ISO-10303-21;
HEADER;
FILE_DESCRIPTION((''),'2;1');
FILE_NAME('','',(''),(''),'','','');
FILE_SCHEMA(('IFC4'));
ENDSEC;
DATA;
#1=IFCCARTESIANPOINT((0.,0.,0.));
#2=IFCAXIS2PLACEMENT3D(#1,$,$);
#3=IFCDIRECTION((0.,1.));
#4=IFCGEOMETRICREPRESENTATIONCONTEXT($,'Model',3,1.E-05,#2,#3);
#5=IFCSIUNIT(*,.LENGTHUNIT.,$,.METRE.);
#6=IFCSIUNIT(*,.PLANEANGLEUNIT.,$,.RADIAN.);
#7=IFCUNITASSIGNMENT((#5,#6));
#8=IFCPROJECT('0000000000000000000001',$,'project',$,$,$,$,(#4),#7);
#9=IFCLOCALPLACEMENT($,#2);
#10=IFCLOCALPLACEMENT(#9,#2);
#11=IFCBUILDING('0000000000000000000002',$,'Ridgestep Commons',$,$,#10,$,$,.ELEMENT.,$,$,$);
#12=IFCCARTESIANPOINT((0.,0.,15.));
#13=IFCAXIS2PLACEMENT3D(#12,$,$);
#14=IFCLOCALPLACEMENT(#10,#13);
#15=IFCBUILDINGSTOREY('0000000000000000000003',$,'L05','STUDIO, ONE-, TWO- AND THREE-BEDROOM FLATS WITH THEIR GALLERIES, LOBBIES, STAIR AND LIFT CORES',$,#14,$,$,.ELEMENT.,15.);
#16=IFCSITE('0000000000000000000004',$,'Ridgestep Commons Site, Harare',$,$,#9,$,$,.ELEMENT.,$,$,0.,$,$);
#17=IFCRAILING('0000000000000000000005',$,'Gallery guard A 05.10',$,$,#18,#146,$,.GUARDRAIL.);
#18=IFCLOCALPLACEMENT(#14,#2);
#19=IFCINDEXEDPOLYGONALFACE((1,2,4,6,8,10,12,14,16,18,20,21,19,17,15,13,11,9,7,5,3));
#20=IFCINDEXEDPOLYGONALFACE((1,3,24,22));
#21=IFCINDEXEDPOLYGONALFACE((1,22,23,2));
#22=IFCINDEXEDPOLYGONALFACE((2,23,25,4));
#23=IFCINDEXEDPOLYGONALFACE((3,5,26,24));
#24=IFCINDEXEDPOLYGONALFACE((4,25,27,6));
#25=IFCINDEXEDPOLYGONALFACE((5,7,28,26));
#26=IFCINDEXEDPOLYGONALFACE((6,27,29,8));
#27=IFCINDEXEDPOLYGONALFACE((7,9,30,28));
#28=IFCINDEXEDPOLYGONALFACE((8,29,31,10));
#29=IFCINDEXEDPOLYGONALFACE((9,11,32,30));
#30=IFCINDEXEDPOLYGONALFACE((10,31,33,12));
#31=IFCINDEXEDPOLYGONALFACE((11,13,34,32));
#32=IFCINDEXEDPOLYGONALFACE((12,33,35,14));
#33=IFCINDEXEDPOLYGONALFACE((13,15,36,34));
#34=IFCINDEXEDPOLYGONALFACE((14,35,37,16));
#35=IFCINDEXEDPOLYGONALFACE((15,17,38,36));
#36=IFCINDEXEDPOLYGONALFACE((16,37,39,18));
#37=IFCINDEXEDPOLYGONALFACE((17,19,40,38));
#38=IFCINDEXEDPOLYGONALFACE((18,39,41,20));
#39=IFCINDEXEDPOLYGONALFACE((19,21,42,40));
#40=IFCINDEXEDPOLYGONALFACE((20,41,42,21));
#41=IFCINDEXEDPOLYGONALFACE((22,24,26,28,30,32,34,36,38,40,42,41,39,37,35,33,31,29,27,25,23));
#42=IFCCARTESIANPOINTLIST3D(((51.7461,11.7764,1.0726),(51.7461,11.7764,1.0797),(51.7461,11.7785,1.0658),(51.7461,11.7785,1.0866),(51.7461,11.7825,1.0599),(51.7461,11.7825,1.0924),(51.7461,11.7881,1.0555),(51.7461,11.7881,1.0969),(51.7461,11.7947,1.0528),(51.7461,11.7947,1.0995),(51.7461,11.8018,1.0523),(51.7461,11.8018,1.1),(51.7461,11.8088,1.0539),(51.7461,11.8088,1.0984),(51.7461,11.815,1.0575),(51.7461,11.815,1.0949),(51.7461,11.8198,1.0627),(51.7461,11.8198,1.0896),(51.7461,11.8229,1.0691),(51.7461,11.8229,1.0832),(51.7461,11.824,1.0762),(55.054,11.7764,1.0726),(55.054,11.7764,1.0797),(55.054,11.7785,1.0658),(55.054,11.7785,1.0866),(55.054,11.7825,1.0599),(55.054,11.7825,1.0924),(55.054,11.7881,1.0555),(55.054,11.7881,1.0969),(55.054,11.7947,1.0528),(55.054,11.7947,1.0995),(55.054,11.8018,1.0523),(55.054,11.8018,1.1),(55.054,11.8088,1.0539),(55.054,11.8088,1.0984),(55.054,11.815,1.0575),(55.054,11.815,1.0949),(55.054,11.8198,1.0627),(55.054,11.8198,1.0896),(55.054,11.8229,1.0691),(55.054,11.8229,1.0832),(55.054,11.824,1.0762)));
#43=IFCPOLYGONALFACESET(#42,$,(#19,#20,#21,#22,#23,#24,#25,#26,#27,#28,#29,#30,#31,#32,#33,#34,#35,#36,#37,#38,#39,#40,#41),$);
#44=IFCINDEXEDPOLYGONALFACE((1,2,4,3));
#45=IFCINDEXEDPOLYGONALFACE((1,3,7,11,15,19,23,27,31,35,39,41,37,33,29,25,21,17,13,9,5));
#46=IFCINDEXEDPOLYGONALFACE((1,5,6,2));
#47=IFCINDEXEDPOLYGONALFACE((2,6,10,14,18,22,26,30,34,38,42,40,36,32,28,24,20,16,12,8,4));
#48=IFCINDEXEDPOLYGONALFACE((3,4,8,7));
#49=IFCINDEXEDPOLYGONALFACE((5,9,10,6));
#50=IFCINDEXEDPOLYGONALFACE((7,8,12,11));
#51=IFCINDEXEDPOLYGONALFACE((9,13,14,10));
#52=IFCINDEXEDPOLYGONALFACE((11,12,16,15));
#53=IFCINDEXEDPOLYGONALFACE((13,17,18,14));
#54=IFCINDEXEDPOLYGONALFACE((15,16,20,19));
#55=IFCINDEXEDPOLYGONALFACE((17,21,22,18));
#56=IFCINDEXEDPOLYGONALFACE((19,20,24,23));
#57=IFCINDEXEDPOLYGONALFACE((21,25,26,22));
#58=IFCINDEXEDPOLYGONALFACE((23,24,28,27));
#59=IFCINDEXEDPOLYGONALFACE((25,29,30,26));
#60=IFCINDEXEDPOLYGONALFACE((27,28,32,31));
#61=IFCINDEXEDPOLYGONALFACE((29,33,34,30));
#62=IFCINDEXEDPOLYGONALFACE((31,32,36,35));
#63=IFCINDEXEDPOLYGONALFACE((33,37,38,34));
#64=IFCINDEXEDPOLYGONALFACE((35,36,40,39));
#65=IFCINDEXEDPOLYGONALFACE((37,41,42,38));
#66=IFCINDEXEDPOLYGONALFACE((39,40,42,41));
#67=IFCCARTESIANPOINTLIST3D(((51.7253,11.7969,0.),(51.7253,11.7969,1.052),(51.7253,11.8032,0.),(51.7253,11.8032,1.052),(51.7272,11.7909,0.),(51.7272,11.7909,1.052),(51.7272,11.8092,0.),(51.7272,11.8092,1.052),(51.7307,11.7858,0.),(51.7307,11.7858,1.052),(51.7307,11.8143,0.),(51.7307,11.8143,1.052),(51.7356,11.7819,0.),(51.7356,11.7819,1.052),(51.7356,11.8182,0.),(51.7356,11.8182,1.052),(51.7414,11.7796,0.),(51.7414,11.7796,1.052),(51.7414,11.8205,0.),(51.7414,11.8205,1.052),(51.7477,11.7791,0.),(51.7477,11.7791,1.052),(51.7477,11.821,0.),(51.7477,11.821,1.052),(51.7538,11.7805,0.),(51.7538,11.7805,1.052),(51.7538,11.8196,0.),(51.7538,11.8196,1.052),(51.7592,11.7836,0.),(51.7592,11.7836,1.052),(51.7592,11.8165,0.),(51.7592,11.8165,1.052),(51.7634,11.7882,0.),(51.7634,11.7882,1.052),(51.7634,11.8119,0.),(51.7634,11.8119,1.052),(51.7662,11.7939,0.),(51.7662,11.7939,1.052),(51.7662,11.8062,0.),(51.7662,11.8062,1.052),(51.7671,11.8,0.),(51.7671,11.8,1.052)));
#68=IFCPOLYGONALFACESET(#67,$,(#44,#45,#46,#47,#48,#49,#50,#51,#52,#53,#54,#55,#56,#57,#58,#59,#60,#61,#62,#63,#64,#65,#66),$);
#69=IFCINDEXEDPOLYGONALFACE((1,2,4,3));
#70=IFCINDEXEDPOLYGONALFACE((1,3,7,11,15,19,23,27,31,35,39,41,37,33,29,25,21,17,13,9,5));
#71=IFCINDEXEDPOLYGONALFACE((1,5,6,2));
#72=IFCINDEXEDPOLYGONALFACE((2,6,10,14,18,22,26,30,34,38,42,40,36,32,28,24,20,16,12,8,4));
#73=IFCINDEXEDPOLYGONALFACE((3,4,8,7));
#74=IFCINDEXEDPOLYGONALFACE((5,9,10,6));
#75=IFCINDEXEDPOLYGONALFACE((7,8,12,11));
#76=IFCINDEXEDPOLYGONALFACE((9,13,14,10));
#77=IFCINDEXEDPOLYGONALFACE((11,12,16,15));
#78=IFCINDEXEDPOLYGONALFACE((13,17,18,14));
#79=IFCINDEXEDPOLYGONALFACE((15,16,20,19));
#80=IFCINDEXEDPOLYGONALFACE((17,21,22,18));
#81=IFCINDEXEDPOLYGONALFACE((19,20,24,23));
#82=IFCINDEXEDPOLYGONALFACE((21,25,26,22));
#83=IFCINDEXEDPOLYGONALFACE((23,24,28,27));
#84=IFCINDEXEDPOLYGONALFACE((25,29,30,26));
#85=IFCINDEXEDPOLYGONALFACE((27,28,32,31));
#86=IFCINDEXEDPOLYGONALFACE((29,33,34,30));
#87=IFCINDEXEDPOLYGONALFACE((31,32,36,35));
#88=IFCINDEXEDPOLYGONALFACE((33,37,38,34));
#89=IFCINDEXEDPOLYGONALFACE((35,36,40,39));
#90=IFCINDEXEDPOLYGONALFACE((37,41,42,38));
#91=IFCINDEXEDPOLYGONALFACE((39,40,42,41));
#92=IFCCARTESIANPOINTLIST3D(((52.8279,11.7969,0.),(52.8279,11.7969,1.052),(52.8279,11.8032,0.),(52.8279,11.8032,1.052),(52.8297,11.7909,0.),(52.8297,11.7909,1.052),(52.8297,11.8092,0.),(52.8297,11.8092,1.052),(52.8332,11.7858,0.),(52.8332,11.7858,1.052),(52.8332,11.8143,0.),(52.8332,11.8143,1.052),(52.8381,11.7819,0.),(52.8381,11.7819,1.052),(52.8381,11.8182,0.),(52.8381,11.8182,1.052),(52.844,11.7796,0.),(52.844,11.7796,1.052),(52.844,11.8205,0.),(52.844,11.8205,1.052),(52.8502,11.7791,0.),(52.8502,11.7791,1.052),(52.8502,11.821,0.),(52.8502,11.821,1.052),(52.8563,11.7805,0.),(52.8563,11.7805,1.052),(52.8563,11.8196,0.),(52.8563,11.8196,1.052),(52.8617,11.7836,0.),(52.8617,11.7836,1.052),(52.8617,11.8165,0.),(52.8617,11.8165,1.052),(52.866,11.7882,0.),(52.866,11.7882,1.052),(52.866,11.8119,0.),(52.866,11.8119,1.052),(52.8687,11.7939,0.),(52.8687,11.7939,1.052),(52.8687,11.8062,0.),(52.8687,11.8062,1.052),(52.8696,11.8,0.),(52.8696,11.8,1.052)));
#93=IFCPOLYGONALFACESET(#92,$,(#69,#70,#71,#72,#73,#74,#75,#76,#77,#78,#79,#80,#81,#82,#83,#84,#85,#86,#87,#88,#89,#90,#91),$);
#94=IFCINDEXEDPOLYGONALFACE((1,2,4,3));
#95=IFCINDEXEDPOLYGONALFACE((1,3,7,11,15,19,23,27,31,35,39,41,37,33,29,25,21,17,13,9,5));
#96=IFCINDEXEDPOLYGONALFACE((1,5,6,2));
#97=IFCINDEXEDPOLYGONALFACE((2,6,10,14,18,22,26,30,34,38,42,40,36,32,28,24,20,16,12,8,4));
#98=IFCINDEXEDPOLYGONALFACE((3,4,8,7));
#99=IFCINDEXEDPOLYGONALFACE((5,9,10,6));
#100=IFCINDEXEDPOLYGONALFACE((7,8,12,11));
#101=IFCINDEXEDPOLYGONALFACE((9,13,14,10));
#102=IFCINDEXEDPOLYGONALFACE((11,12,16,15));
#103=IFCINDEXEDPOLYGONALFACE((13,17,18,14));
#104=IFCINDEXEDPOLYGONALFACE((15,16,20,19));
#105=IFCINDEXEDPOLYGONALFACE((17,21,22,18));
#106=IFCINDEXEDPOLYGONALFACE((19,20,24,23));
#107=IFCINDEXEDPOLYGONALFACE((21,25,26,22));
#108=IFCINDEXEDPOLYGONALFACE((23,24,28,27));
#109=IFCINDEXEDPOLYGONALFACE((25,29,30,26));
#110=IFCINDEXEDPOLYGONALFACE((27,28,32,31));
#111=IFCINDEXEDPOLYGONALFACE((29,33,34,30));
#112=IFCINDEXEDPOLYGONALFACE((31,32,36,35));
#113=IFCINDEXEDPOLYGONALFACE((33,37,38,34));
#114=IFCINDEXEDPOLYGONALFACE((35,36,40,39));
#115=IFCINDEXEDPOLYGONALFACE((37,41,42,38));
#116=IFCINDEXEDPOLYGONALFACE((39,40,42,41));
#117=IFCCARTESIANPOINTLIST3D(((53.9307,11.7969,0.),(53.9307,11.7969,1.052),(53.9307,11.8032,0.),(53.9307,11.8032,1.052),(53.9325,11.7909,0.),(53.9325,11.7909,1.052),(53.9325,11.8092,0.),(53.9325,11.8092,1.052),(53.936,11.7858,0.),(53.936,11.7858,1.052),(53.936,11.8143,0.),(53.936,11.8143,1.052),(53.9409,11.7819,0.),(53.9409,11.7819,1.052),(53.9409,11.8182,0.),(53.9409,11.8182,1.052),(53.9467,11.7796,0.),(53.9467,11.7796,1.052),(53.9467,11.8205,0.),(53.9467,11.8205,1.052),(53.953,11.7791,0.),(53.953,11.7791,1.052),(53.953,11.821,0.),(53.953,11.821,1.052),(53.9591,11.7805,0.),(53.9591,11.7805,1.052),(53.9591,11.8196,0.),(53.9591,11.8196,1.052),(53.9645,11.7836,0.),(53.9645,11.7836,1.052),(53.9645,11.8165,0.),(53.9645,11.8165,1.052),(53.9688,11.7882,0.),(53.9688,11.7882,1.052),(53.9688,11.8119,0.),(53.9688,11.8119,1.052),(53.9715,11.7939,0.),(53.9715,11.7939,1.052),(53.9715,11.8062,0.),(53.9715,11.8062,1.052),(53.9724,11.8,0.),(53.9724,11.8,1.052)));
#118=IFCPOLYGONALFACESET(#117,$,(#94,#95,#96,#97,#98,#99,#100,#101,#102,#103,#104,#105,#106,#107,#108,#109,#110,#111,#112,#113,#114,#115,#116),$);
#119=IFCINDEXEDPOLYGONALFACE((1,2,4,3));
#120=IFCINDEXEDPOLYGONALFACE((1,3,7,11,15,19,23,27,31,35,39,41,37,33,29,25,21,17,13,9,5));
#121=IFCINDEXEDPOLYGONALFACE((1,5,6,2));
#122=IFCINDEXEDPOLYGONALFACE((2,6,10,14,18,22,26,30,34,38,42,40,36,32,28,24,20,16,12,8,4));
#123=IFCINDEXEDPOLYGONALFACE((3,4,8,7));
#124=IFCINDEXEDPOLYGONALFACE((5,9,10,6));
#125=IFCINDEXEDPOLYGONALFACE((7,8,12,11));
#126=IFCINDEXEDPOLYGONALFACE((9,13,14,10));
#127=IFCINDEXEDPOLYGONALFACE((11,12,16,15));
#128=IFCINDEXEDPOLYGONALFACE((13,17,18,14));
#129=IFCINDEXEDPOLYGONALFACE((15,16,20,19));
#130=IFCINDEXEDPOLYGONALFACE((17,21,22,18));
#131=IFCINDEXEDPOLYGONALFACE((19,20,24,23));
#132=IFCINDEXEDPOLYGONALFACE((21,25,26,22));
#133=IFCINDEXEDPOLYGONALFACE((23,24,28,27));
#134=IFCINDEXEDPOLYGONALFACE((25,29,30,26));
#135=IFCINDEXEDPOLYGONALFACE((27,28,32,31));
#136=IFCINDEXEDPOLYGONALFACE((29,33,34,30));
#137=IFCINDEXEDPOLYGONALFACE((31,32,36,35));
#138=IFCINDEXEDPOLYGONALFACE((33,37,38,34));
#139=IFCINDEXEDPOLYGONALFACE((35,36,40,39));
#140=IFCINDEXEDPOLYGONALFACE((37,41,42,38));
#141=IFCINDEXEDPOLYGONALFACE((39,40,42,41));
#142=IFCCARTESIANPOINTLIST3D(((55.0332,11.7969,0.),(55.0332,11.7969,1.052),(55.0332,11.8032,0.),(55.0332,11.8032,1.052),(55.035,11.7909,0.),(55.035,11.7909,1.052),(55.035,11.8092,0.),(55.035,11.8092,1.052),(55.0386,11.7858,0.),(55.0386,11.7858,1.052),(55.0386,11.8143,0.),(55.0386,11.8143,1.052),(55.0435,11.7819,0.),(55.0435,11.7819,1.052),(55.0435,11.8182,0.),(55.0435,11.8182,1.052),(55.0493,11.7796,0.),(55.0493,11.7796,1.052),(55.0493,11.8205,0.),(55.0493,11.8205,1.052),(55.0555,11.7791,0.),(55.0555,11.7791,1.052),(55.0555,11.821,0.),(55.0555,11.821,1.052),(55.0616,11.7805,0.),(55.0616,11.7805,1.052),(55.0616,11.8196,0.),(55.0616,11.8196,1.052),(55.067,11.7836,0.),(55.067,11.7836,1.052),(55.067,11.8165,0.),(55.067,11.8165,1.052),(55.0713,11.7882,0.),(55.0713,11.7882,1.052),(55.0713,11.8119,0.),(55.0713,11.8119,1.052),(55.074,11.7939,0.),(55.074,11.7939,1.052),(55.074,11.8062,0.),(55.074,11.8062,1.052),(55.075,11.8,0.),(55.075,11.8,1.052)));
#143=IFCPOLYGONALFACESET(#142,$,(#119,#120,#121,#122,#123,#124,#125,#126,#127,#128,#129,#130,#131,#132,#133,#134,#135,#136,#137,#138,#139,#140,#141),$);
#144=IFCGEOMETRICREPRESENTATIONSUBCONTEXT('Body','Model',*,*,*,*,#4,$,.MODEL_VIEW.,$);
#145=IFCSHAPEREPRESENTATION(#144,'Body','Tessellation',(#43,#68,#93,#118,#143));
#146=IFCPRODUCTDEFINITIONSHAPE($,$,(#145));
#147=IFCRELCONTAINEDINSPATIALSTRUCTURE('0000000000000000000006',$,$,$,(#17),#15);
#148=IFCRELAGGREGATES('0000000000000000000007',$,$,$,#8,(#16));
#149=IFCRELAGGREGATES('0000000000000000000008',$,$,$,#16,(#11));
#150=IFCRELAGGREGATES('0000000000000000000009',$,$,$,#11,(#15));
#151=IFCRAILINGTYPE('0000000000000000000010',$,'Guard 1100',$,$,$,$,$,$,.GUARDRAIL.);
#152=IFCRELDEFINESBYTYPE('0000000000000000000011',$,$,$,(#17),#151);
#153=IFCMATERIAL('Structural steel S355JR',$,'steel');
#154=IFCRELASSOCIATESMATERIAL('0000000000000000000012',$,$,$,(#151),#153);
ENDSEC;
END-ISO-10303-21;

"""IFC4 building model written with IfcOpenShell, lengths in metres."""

from ifc_helpers import new_model, si_unit, direction, frame, origin, origin_2d, place, context, subcontext, project, spatial, circle, extrude, material, type_object, element, save


model = new_model("IFC4")

# Units and contexts
model_context = context("Model", 3, precision=1e-05, world=origin(), true_north=direction((0.0, 1.0)))
body_context = subcontext(model_context, "Body", "Model", "MODEL_VIEW")
ifc_project = project(units=[si_unit("LENGTHUNIT", "METRE"), si_unit("PLANEANGLEUNIT", "RADIAN")], contexts=[model_context])

# Site, building, storey
site_placement = place(None, origin())
site = spatial("IfcSite", under=ifc_project, at=site_placement, Name="Ridgestep Commons Site, Harare", CompositionType="ELEMENT", RefElevation=0.0)
building_placement = place(site_placement, origin())
building = spatial("IfcBuilding", under=site, at=building_placement, Name="Ridgestep Commons", CompositionType="ELEMENT")
storey_placement = place(building_placement, frame((0.0, 0.0, 15.0)))
storey = spatial("IfcBuildingStorey", under=building, at=storey_placement, Name="L05", Description="STUDIO, ONE-, TWO- AND THREE-BEDROOM FLATS WITH THEIR GALLERIES, LOBBIES, STAIR AND LIFT CORES", CompositionType="ELEMENT", Elevation=15.0)

# Railing
ifc_material_1 = material(Name="Structural steel S355JR", Category="steel")
railing_type_1 = type_object("IfcRailingType", Name="Guard 1100", PredefinedType="GUARDRAIL", material=ifc_material_1)
railing_1_placement = place(storey_placement, frame((51.7461, 11.8, 0.0)))
element("IfcRailing", 1, at=railing_1_placement, inside=storey, type_object=railing_type_1, Name="Gallery guard A 05.10", PredefinedType="GUARDRAIL", context=body_context, shape_type="SweptSolid", body=[
    extrude(circle(Radius=0.0239, at=origin_2d()), frame((0.0, 0.0, 1.0762), z_axis=(1.0, 0.0, 0.0), x_axis=(0.0, 1.0, 0.0)), (0.0, 0.0, 1.0), 3.3079),
    extrude(circle(Radius=0.021, at=origin_2d()), origin(), (0.0, 0.0, 1.0), 1.052),
    extrude(circle(Radius=0.021, at=origin_2d()), frame((1.1025, 0.0, 0.0)), (0.0, 0.0, 1.0), 1.052),
    extrude(circle(Radius=0.021, at=origin_2d()), frame((2.2053, 0.0, 0.0)), (0.0, 0.0, 1.0), 1.052),
    extrude(circle(Radius=0.021, at=origin_2d()), frame((3.3079, 0.0, 0.0)), (0.0, 0.0, 1.0), 1.052),
])

save(model, "model.ifc")
